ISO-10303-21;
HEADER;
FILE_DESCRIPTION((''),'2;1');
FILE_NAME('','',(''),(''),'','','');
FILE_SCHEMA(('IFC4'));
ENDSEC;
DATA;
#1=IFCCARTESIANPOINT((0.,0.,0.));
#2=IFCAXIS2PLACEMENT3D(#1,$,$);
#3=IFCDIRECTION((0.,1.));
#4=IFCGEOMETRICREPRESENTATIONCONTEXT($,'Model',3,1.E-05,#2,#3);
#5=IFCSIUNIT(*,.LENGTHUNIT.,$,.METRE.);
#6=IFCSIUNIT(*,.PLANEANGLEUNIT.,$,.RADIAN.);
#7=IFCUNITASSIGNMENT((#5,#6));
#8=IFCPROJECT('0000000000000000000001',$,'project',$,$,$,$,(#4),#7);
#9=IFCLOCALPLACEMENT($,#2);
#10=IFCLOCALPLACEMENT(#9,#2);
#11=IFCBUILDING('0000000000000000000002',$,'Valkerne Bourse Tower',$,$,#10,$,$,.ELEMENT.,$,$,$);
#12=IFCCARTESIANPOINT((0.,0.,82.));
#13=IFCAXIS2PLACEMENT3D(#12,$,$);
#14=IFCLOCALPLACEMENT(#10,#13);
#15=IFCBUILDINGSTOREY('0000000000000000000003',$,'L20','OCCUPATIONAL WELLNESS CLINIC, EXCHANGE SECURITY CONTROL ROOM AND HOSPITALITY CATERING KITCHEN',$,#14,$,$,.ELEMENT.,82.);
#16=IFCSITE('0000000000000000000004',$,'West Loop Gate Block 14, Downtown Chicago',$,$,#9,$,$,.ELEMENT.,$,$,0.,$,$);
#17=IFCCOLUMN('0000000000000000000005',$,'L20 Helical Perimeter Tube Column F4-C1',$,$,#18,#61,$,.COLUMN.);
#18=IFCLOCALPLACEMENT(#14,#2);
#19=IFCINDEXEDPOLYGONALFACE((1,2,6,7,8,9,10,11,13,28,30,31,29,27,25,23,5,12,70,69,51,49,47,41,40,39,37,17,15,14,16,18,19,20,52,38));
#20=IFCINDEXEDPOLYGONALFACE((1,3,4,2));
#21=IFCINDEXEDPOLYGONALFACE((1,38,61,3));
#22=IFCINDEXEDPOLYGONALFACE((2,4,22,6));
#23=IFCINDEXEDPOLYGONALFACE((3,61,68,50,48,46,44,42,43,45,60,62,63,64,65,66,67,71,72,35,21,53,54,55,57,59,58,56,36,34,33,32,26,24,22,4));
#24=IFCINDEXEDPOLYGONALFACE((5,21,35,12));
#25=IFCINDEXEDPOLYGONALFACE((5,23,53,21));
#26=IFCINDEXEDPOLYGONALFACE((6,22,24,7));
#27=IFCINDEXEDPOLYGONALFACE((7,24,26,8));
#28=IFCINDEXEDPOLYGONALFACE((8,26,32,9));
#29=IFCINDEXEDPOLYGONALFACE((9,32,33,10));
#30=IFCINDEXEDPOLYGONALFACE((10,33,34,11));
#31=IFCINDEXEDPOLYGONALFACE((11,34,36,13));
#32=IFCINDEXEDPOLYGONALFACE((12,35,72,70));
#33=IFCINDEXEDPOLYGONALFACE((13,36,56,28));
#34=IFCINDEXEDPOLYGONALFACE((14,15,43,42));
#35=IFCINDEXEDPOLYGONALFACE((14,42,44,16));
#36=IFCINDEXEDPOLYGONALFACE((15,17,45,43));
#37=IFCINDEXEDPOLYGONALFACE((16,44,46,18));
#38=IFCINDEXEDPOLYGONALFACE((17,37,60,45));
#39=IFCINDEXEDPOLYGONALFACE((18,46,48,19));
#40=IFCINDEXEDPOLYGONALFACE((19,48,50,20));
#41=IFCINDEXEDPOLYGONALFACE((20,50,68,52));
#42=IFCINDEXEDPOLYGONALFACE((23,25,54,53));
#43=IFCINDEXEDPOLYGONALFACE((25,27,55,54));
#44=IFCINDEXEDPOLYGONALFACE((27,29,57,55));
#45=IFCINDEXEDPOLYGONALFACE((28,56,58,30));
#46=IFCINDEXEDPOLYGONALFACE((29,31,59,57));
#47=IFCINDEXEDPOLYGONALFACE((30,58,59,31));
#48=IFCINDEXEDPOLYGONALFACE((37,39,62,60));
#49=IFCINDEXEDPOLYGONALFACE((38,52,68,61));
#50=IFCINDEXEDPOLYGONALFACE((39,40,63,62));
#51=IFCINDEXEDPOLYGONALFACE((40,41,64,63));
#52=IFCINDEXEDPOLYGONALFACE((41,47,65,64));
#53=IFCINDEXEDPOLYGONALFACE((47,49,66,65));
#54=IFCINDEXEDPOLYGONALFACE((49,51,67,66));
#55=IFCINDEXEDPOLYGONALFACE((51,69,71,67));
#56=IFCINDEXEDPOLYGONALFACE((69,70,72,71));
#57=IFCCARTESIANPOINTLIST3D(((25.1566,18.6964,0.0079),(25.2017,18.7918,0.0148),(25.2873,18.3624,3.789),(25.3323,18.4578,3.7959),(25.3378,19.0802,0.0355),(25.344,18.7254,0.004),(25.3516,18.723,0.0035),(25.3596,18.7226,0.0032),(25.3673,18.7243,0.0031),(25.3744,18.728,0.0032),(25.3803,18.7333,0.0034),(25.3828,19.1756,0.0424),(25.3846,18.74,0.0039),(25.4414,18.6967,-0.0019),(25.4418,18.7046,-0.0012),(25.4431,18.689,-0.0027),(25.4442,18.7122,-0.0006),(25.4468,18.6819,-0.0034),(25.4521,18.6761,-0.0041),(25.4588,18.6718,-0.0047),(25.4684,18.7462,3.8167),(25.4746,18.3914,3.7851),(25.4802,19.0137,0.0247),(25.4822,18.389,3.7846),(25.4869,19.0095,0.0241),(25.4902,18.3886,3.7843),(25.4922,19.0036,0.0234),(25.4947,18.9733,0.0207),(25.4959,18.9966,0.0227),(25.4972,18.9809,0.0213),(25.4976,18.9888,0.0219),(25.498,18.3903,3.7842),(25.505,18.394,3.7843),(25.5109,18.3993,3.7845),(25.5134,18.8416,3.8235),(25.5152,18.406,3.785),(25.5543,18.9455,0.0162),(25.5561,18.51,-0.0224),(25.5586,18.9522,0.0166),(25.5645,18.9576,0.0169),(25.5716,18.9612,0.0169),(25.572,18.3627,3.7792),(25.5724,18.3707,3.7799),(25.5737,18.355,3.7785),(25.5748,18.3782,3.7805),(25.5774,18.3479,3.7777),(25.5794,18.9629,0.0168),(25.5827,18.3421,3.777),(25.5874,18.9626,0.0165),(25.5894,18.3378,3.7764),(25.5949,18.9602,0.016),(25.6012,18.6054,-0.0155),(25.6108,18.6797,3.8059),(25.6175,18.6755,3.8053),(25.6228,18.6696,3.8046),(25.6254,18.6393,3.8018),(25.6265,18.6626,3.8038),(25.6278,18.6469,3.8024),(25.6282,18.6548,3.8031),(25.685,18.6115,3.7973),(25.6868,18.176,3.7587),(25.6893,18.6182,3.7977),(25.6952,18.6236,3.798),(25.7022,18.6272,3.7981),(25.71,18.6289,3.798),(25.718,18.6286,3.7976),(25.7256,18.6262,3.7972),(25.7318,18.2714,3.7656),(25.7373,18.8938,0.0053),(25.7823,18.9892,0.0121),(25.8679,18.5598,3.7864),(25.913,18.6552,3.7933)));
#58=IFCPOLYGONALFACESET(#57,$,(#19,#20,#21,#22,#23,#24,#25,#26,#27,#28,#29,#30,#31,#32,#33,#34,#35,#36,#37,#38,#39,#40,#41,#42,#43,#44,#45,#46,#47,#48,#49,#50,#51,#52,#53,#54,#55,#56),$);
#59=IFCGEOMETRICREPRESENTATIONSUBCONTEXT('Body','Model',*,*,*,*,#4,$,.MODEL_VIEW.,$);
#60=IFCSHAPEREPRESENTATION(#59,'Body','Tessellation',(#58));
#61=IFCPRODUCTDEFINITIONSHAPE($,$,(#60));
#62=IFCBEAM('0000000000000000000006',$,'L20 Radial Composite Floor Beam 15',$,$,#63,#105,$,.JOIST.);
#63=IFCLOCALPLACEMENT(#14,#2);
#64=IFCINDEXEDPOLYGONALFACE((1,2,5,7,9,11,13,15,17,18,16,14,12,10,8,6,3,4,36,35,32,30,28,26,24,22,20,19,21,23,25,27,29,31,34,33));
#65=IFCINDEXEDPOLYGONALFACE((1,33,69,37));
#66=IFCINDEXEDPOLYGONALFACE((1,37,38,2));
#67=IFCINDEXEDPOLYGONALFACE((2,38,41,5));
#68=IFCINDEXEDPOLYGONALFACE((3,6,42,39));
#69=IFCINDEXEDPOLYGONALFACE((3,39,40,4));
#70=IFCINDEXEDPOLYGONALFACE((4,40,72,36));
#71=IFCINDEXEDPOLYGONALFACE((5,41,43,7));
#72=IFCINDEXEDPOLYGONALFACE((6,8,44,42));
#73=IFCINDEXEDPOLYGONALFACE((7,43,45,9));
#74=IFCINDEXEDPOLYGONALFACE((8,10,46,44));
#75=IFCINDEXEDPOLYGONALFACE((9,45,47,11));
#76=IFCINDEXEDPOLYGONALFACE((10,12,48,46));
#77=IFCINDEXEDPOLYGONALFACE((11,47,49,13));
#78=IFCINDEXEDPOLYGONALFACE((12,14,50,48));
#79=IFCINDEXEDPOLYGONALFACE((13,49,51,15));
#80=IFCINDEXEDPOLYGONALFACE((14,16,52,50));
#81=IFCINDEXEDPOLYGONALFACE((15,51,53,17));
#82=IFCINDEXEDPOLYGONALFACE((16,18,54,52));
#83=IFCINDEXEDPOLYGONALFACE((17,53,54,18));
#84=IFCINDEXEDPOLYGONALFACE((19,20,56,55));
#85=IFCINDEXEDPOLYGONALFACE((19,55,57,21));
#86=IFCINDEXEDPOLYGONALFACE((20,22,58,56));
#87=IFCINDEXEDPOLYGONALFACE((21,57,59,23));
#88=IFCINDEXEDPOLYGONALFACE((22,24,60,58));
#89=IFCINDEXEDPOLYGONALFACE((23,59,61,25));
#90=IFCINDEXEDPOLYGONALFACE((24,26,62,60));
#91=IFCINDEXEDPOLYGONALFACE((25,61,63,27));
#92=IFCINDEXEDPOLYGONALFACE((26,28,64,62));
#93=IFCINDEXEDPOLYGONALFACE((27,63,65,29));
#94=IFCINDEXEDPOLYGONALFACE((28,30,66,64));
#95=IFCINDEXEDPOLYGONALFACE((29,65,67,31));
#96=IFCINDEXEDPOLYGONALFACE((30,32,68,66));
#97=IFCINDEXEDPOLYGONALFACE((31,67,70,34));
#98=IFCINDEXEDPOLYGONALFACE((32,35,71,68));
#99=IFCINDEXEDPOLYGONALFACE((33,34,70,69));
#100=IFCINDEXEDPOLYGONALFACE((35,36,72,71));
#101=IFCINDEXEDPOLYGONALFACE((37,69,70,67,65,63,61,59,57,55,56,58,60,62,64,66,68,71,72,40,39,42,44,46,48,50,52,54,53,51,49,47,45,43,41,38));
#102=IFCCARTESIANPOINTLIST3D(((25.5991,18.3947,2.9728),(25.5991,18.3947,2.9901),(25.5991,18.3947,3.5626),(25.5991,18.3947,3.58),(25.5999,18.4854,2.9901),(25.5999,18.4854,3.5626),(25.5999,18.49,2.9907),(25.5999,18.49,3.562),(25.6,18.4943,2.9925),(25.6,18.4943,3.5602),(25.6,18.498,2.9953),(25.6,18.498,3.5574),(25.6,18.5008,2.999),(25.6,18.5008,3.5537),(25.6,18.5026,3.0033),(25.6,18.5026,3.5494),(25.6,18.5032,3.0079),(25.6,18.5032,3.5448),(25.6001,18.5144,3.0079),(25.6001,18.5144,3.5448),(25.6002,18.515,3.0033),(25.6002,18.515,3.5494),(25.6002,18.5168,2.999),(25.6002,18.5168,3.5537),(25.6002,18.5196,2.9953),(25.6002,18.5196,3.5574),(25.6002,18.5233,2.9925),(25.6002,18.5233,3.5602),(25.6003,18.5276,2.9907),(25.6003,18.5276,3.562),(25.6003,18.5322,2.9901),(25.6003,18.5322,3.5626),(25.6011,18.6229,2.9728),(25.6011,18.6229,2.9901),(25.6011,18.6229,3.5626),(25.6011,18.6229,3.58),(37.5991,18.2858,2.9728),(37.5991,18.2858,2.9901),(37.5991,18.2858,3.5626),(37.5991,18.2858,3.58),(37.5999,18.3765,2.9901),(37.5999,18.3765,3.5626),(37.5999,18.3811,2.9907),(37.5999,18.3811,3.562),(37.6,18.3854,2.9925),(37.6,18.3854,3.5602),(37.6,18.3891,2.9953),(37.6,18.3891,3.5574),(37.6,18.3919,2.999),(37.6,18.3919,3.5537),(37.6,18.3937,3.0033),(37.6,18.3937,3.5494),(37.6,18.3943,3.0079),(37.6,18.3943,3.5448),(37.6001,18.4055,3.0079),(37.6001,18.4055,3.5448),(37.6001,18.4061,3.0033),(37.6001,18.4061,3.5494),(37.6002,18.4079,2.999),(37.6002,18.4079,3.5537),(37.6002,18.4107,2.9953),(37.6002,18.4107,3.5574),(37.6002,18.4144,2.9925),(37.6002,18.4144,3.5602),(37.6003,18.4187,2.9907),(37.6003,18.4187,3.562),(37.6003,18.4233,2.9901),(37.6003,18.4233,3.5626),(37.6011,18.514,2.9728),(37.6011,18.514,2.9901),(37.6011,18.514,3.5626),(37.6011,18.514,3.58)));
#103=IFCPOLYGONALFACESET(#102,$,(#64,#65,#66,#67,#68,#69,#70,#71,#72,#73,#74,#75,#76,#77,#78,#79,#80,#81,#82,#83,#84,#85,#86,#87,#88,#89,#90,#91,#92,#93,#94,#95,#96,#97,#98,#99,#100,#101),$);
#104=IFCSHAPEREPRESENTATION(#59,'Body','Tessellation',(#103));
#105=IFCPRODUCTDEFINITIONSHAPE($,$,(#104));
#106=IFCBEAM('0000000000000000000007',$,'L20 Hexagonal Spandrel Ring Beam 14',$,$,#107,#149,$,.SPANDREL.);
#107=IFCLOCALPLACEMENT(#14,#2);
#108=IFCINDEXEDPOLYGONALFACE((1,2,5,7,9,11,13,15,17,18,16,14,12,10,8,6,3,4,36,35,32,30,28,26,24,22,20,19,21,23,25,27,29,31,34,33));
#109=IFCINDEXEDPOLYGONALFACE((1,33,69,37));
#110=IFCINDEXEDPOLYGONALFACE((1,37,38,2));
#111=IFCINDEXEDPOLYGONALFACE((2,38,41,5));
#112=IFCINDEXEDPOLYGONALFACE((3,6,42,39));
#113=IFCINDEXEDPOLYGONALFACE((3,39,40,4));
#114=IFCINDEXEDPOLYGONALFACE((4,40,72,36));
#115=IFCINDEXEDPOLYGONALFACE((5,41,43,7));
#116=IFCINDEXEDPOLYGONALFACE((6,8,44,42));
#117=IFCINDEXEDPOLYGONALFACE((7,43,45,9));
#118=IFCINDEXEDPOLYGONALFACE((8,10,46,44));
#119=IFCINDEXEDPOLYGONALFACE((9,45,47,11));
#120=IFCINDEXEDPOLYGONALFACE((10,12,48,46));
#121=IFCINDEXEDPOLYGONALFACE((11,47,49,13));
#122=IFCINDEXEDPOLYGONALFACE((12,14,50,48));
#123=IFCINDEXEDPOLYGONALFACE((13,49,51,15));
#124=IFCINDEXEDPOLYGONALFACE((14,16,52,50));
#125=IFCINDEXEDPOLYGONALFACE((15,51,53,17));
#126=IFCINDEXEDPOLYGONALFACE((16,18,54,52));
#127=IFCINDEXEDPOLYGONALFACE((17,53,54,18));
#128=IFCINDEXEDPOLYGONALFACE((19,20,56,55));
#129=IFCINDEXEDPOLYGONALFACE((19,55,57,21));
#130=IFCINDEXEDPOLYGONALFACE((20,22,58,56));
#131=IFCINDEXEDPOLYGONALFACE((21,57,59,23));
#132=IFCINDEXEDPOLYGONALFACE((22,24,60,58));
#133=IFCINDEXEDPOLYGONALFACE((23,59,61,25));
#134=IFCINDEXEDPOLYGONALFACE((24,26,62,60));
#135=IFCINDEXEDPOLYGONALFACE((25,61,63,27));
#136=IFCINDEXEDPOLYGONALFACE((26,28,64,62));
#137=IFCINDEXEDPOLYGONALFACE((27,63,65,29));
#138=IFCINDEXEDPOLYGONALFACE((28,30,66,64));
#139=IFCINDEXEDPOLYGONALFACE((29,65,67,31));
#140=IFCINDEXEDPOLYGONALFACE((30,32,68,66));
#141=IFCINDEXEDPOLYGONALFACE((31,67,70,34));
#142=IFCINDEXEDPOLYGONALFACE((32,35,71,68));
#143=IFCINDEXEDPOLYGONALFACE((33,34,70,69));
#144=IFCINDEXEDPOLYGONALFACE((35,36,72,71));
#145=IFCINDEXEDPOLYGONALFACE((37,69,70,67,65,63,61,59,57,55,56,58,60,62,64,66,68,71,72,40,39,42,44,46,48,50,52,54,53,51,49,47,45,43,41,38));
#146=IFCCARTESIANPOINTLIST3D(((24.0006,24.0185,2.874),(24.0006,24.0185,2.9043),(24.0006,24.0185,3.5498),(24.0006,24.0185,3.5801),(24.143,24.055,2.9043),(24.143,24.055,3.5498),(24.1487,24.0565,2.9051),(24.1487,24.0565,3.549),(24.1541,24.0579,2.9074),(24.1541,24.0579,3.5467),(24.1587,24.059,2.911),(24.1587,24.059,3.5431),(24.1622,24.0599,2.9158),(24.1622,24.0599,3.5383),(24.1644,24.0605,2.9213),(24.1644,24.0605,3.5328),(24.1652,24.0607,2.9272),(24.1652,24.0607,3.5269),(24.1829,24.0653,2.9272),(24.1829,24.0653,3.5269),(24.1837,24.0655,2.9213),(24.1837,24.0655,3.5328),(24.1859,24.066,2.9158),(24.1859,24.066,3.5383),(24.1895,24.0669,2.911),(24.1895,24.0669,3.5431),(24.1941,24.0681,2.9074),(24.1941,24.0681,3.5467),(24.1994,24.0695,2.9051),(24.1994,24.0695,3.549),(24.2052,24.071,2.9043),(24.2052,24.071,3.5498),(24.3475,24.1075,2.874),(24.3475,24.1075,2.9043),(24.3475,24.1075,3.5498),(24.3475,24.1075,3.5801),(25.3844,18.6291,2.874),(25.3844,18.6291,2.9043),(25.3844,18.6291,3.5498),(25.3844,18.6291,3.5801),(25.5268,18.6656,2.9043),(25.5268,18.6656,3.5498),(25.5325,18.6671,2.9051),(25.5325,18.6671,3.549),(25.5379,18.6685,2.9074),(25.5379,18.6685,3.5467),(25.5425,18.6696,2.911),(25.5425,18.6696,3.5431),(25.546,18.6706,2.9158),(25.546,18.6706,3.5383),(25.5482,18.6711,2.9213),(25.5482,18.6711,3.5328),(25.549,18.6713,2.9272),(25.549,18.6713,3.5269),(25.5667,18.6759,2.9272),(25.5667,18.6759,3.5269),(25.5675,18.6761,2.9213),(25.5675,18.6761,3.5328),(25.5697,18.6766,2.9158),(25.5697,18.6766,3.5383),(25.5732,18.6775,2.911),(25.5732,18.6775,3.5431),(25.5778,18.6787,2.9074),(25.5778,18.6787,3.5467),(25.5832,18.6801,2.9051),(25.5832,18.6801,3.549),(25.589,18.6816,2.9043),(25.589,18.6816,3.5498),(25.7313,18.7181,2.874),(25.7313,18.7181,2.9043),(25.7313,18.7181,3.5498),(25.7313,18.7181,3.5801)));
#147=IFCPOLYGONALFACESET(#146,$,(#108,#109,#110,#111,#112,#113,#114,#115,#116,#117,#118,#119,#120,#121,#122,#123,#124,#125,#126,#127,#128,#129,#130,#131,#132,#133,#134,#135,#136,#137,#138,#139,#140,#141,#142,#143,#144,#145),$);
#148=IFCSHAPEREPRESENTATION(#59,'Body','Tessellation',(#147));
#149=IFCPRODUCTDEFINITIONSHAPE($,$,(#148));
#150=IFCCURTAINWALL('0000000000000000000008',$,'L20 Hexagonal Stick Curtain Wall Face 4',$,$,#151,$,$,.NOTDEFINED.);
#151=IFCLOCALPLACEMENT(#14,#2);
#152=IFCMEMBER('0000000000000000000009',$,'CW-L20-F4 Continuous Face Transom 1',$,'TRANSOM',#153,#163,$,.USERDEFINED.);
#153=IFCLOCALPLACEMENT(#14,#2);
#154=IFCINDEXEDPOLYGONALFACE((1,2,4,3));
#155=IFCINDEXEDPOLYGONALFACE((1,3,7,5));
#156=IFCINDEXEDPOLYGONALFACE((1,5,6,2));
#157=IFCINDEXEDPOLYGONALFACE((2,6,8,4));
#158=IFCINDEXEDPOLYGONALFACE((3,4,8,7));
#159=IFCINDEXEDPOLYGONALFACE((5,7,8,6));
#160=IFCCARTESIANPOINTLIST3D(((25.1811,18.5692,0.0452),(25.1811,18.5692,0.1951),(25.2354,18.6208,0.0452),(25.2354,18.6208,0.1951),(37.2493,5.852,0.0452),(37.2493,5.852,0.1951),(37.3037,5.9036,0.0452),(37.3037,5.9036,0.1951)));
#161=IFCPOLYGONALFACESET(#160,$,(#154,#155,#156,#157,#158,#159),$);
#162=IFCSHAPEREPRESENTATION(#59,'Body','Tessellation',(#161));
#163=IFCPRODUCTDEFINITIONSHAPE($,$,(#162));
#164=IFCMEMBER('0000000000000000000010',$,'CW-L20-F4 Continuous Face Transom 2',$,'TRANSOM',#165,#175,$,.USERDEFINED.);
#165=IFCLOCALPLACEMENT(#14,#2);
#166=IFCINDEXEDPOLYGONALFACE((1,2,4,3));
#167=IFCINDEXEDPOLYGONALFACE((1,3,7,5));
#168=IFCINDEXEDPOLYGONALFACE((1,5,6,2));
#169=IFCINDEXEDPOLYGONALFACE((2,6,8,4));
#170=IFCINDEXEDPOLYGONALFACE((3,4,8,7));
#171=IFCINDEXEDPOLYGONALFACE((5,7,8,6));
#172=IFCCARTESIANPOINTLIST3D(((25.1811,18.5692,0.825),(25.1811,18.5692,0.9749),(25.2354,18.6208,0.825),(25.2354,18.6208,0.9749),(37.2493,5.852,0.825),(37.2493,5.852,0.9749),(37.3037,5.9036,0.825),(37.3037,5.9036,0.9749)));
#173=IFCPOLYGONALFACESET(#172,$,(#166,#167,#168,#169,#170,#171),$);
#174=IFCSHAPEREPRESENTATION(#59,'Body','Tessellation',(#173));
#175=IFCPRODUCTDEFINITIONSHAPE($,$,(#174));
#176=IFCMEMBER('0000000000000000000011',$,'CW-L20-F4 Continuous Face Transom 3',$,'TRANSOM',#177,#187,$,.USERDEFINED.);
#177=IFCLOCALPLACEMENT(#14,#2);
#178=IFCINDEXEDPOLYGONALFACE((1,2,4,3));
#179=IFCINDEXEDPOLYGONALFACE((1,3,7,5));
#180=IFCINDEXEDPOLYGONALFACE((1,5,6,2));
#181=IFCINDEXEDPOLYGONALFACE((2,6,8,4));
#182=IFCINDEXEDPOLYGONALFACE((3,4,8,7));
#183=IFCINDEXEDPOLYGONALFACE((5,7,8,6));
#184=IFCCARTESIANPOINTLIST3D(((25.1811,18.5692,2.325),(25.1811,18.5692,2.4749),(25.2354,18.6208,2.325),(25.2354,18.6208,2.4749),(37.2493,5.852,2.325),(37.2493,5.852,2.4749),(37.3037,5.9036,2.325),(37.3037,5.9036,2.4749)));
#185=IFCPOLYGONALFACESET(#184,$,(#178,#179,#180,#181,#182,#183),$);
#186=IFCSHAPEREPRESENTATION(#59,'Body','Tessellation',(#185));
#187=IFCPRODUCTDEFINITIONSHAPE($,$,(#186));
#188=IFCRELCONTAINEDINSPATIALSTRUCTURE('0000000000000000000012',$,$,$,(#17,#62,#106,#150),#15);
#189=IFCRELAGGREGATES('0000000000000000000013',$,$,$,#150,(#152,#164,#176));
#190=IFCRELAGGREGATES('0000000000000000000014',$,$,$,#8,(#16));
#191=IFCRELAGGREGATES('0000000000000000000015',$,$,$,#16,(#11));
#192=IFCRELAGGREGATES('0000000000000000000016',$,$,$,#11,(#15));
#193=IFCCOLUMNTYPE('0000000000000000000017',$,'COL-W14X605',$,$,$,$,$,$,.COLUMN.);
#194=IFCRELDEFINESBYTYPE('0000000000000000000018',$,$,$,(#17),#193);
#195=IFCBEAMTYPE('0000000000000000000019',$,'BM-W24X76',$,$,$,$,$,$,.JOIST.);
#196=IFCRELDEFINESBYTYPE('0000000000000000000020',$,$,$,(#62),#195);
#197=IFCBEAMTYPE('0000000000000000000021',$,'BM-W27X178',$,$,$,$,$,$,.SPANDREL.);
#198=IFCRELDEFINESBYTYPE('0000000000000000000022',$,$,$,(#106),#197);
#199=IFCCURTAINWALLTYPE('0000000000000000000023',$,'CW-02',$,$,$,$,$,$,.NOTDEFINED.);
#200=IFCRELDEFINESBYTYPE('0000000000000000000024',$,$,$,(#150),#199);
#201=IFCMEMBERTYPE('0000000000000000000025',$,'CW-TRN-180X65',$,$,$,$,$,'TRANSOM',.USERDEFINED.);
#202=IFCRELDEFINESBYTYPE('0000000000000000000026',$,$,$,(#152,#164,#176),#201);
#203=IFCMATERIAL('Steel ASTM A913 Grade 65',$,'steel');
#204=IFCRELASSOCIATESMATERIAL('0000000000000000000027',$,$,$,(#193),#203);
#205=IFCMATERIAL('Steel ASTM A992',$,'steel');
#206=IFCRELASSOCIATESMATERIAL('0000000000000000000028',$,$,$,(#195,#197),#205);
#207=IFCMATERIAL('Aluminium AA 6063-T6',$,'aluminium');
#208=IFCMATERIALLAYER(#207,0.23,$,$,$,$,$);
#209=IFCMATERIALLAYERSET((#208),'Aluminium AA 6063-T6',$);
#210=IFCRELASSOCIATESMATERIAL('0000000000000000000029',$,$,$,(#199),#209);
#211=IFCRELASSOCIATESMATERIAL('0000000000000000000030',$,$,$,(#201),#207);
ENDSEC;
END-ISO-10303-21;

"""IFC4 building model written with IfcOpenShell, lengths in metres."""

from ifc_helpers import new_model, si_unit, direction, frame, origin, origin_2d, place, context, subcontext, project, spatial, rectangle, i_section, extrude, material, layer, layer_set, material_profile, profile_set, type_object, element, aggregate, save


model = new_model("IFC4")

# Units and contexts
model_context = context("Model", 3, precision=1e-05, world=origin(), true_north=direction((0.0, 1.0)))
body_context = subcontext(model_context, "Body", "Model", "MODEL_VIEW")
ifc_project = project(units=[si_unit("LENGTHUNIT", "METRE"), si_unit("PLANEANGLEUNIT", "RADIAN")], contexts=[model_context])

# Site, building, storey
site_placement = place(None, origin())
site = spatial("IfcSite", under=ifc_project, at=site_placement, Name="West Loop Gate Block 14, Downtown Chicago", CompositionType="ELEMENT", RefElevation=0.0)
building_placement = place(site_placement, origin())
building = spatial("IfcBuilding", under=site, at=building_placement, Name="Valkerne Bourse Tower", CompositionType="ELEMENT")
storey_placement = place(building_placement, frame((0.0, 0.0, 82.0)))
storey = spatial("IfcBuildingStorey", under=building, at=storey_placement, Name="L20", Description="OCCUPATIONAL WELLNESS CLINIC, EXCHANGE SECURITY CONTROL ROOM AND HOSPITALITY CATERING KITCHEN", CompositionType="ELEMENT", Elevation=82.0)

# Column
ifc_material_1 = material(Name="Steel ASTM A913 Grade 65", Category="steel")
ifc_material_profile_1 = material_profile(ifc_material_1, i_section(OverallWidth=0.4419, OverallDepth=0.531, WebThickness=0.0659, FlangeThickness=0.1057, FilletRadius=0.0305, at=origin_2d()), Name="W14X605")
ifc_profile_set_1 = profile_set([ifc_material_profile_1], Name="Steel ASTM A913 Grade 65")
column_type = type_object("IfcColumnType", Name="COL-W14X605", PredefinedType="COLUMN", material=ifc_profile_set_1)
column_placement = place(storey_placement, frame((25.4695, 18.8428, 0.01), z_axis=(0.034391, -0.087937, 0.995532), x_axis=(0.904089, -0.42182, -0.068492)))
element("IfcColumn", 1, at=column_placement, inside=storey, type_object=column_type, Name="L20 Helical Perimeter Tube Column F4-C1", PredefinedType="COLUMN", context=body_context, shape_type="SweptSolid", body=[
    extrude(i_section(OverallWidth=0.4419, OverallDepth=0.531, WebThickness=0.0659, FlangeThickness=0.1057, FilletRadius=0.0305, at=origin_2d()), origin(), (0.0, 0.0, 1.0), 3.7981),
])

# Beams
ifc_material_2 = material(Name="Steel ASTM A992", Category="steel")
ifc_material_profile_2 = material_profile(ifc_material_2, i_section(OverallWidth=0.2283, OverallDepth=0.6072, WebThickness=0.0112, FlangeThickness=0.0173, FilletRadius=0.0178, at=origin_2d()), Name="W24X76")
ifc_profile_set_2 = profile_set([ifc_material_profile_2], Name="Steel ASTM A992")
beam_type_1 = type_object("IfcBeamType", Name="BM-W24X76", PredefinedType="JOIST", material=ifc_profile_set_2)
beam_1_placement = place(storey_placement, frame((25.6001, 18.5088, 3.2764), z_axis=(0.999959, -0.009074, 0.0), x_axis=(0.009074, 0.999959, 0.0)))
element("IfcBeam", 2, at=beam_1_placement, inside=storey, type_object=beam_type_1, Name="L20 Radial Composite Floor Beam 15", PredefinedType="JOIST", context=body_context, shape_type="SweptSolid", body=[
    extrude(i_section(OverallWidth=0.2283, OverallDepth=0.6072, WebThickness=0.0112, FlangeThickness=0.0173, FilletRadius=0.0178, at=origin_2d()), origin(), (0.0, 0.0, 1.0), 12.0005),
])
ifc_material_profile_3 = material_profile(ifc_material_2, i_section(OverallWidth=0.3582, OverallDepth=0.7061, WebThickness=0.0183, FlangeThickness=0.0303, FilletRadius=0.0229, at=origin_2d()), Name="W27X178")
ifc_profile_set_3 = profile_set([ifc_material_profile_3], Name="Steel ASTM A992")
beam_type_2 = type_object("IfcBeamType", Name="BM-W27X178", PredefinedType="SPANDREL", material=ifc_profile_set_3)
beam_2_placement = place(storey_placement, frame((24.1741, 24.063, 3.2271), z_axis=(0.248694, -0.968582, 0.0), x_axis=(0.968582, 0.248694, 0.0)))
element("IfcBeam", 3, at=beam_2_placement, inside=storey, type_object=beam_type_2, Name="L20 Hexagonal Spandrel Ring Beam 14", PredefinedType="SPANDREL", context=body_context, shape_type="SweptSolid", body=[
    extrude(i_section(OverallWidth=0.3582, OverallDepth=0.7061, WebThickness=0.0183, FlangeThickness=0.0303, FilletRadius=0.0229, at=origin_2d()), origin(), (0.0, 0.0, 1.0), 5.5642),
])

# Curtain wall, members
ifc_material_3 = material(Name="Aluminium AA 6063-T6", Category="aluminium")
ifc_layer_1 = layer(ifc_material_3, 0.23)
ifc_layer_set_1 = layer_set([ifc_layer_1], Name="Aluminium AA 6063-T6")
curtain_wall_type = type_object("IfcCurtainWallType", Name="CW-02", PredefinedType="NOTDEFINED", material=ifc_layer_set_1)
curtain_wall_placement = place(storey_placement, origin())
curtain_wall = element("IfcCurtainWall", 4, at=curtain_wall_placement, inside=storey, type_object=curtain_wall_type, Name="L20 Hexagonal Stick Curtain Wall Face 4", PredefinedType="NOTDEFINED")
ifc_material_profile_4 = material_profile(ifc_material_3, rectangle(XDim=0.075, YDim=0.1499, at=origin_2d()), Name="CWT-75X150")
ifc_profile_set_4 = profile_set([ifc_material_profile_4], Name="Aluminium AA 6063-T6")
member_type_1 = type_object("IfcMemberType", Name="CW-TRN-180X65", ElementType="TRANSOM", PredefinedType="USERDEFINED", material=ifc_profile_set_4)
member_1_placement = place(storey_placement, frame((25.2083, 18.595, 0.1201), z_axis=(0.688358, -0.725371, 0.0), x_axis=(0.725371, 0.688358, 0.0)))
member_1 = element("IfcMember", 5, at=member_1_placement, type_object=member_type_1, Name="CW-L20-F4 Continuous Face Transom 1", ObjectType="TRANSOM", PredefinedType="USERDEFINED", context=body_context, shape_type="SweptSolid", body=[
    extrude(rectangle(XDim=0.075, YDim=0.1499, at=origin_2d()), origin(), (0.0, 0.0, 1.0), 17.532),
])
member_2_placement = place(storey_placement, frame((25.2083, 18.595, 0.8999), z_axis=(0.688358, -0.725371, 0.0), x_axis=(0.725371, 0.688358, 0.0)))
member_2 = element("IfcMember", 6, at=member_2_placement, type_object=member_type_1, Name="CW-L20-F4 Continuous Face Transom 2", ObjectType="TRANSOM", PredefinedType="USERDEFINED", context=body_context, shape_type="SweptSolid", body=[
    extrude(rectangle(XDim=0.075, YDim=0.1499, at=origin_2d()), origin(), (0.0, 0.0, 1.0), 17.532),
])
member_3_placement = place(storey_placement, frame((25.2083, 18.595, 2.3999), z_axis=(0.688358, -0.725371, 0.0), x_axis=(0.725371, 0.688358, 0.0)))
member_3 = element("IfcMember", 7, at=member_3_placement, type_object=member_type_1, Name="CW-L20-F4 Continuous Face Transom 3", ObjectType="TRANSOM", PredefinedType="USERDEFINED", context=body_context, shape_type="SweptSolid", body=[
    extrude(rectangle(XDim=0.075, YDim=0.1499, at=origin_2d()), origin(), (0.0, 0.0, 1.0), 17.532),
])
aggregate(curtain_wall, [member_1, member_2, member_3])

save(model, "model.ifc")
